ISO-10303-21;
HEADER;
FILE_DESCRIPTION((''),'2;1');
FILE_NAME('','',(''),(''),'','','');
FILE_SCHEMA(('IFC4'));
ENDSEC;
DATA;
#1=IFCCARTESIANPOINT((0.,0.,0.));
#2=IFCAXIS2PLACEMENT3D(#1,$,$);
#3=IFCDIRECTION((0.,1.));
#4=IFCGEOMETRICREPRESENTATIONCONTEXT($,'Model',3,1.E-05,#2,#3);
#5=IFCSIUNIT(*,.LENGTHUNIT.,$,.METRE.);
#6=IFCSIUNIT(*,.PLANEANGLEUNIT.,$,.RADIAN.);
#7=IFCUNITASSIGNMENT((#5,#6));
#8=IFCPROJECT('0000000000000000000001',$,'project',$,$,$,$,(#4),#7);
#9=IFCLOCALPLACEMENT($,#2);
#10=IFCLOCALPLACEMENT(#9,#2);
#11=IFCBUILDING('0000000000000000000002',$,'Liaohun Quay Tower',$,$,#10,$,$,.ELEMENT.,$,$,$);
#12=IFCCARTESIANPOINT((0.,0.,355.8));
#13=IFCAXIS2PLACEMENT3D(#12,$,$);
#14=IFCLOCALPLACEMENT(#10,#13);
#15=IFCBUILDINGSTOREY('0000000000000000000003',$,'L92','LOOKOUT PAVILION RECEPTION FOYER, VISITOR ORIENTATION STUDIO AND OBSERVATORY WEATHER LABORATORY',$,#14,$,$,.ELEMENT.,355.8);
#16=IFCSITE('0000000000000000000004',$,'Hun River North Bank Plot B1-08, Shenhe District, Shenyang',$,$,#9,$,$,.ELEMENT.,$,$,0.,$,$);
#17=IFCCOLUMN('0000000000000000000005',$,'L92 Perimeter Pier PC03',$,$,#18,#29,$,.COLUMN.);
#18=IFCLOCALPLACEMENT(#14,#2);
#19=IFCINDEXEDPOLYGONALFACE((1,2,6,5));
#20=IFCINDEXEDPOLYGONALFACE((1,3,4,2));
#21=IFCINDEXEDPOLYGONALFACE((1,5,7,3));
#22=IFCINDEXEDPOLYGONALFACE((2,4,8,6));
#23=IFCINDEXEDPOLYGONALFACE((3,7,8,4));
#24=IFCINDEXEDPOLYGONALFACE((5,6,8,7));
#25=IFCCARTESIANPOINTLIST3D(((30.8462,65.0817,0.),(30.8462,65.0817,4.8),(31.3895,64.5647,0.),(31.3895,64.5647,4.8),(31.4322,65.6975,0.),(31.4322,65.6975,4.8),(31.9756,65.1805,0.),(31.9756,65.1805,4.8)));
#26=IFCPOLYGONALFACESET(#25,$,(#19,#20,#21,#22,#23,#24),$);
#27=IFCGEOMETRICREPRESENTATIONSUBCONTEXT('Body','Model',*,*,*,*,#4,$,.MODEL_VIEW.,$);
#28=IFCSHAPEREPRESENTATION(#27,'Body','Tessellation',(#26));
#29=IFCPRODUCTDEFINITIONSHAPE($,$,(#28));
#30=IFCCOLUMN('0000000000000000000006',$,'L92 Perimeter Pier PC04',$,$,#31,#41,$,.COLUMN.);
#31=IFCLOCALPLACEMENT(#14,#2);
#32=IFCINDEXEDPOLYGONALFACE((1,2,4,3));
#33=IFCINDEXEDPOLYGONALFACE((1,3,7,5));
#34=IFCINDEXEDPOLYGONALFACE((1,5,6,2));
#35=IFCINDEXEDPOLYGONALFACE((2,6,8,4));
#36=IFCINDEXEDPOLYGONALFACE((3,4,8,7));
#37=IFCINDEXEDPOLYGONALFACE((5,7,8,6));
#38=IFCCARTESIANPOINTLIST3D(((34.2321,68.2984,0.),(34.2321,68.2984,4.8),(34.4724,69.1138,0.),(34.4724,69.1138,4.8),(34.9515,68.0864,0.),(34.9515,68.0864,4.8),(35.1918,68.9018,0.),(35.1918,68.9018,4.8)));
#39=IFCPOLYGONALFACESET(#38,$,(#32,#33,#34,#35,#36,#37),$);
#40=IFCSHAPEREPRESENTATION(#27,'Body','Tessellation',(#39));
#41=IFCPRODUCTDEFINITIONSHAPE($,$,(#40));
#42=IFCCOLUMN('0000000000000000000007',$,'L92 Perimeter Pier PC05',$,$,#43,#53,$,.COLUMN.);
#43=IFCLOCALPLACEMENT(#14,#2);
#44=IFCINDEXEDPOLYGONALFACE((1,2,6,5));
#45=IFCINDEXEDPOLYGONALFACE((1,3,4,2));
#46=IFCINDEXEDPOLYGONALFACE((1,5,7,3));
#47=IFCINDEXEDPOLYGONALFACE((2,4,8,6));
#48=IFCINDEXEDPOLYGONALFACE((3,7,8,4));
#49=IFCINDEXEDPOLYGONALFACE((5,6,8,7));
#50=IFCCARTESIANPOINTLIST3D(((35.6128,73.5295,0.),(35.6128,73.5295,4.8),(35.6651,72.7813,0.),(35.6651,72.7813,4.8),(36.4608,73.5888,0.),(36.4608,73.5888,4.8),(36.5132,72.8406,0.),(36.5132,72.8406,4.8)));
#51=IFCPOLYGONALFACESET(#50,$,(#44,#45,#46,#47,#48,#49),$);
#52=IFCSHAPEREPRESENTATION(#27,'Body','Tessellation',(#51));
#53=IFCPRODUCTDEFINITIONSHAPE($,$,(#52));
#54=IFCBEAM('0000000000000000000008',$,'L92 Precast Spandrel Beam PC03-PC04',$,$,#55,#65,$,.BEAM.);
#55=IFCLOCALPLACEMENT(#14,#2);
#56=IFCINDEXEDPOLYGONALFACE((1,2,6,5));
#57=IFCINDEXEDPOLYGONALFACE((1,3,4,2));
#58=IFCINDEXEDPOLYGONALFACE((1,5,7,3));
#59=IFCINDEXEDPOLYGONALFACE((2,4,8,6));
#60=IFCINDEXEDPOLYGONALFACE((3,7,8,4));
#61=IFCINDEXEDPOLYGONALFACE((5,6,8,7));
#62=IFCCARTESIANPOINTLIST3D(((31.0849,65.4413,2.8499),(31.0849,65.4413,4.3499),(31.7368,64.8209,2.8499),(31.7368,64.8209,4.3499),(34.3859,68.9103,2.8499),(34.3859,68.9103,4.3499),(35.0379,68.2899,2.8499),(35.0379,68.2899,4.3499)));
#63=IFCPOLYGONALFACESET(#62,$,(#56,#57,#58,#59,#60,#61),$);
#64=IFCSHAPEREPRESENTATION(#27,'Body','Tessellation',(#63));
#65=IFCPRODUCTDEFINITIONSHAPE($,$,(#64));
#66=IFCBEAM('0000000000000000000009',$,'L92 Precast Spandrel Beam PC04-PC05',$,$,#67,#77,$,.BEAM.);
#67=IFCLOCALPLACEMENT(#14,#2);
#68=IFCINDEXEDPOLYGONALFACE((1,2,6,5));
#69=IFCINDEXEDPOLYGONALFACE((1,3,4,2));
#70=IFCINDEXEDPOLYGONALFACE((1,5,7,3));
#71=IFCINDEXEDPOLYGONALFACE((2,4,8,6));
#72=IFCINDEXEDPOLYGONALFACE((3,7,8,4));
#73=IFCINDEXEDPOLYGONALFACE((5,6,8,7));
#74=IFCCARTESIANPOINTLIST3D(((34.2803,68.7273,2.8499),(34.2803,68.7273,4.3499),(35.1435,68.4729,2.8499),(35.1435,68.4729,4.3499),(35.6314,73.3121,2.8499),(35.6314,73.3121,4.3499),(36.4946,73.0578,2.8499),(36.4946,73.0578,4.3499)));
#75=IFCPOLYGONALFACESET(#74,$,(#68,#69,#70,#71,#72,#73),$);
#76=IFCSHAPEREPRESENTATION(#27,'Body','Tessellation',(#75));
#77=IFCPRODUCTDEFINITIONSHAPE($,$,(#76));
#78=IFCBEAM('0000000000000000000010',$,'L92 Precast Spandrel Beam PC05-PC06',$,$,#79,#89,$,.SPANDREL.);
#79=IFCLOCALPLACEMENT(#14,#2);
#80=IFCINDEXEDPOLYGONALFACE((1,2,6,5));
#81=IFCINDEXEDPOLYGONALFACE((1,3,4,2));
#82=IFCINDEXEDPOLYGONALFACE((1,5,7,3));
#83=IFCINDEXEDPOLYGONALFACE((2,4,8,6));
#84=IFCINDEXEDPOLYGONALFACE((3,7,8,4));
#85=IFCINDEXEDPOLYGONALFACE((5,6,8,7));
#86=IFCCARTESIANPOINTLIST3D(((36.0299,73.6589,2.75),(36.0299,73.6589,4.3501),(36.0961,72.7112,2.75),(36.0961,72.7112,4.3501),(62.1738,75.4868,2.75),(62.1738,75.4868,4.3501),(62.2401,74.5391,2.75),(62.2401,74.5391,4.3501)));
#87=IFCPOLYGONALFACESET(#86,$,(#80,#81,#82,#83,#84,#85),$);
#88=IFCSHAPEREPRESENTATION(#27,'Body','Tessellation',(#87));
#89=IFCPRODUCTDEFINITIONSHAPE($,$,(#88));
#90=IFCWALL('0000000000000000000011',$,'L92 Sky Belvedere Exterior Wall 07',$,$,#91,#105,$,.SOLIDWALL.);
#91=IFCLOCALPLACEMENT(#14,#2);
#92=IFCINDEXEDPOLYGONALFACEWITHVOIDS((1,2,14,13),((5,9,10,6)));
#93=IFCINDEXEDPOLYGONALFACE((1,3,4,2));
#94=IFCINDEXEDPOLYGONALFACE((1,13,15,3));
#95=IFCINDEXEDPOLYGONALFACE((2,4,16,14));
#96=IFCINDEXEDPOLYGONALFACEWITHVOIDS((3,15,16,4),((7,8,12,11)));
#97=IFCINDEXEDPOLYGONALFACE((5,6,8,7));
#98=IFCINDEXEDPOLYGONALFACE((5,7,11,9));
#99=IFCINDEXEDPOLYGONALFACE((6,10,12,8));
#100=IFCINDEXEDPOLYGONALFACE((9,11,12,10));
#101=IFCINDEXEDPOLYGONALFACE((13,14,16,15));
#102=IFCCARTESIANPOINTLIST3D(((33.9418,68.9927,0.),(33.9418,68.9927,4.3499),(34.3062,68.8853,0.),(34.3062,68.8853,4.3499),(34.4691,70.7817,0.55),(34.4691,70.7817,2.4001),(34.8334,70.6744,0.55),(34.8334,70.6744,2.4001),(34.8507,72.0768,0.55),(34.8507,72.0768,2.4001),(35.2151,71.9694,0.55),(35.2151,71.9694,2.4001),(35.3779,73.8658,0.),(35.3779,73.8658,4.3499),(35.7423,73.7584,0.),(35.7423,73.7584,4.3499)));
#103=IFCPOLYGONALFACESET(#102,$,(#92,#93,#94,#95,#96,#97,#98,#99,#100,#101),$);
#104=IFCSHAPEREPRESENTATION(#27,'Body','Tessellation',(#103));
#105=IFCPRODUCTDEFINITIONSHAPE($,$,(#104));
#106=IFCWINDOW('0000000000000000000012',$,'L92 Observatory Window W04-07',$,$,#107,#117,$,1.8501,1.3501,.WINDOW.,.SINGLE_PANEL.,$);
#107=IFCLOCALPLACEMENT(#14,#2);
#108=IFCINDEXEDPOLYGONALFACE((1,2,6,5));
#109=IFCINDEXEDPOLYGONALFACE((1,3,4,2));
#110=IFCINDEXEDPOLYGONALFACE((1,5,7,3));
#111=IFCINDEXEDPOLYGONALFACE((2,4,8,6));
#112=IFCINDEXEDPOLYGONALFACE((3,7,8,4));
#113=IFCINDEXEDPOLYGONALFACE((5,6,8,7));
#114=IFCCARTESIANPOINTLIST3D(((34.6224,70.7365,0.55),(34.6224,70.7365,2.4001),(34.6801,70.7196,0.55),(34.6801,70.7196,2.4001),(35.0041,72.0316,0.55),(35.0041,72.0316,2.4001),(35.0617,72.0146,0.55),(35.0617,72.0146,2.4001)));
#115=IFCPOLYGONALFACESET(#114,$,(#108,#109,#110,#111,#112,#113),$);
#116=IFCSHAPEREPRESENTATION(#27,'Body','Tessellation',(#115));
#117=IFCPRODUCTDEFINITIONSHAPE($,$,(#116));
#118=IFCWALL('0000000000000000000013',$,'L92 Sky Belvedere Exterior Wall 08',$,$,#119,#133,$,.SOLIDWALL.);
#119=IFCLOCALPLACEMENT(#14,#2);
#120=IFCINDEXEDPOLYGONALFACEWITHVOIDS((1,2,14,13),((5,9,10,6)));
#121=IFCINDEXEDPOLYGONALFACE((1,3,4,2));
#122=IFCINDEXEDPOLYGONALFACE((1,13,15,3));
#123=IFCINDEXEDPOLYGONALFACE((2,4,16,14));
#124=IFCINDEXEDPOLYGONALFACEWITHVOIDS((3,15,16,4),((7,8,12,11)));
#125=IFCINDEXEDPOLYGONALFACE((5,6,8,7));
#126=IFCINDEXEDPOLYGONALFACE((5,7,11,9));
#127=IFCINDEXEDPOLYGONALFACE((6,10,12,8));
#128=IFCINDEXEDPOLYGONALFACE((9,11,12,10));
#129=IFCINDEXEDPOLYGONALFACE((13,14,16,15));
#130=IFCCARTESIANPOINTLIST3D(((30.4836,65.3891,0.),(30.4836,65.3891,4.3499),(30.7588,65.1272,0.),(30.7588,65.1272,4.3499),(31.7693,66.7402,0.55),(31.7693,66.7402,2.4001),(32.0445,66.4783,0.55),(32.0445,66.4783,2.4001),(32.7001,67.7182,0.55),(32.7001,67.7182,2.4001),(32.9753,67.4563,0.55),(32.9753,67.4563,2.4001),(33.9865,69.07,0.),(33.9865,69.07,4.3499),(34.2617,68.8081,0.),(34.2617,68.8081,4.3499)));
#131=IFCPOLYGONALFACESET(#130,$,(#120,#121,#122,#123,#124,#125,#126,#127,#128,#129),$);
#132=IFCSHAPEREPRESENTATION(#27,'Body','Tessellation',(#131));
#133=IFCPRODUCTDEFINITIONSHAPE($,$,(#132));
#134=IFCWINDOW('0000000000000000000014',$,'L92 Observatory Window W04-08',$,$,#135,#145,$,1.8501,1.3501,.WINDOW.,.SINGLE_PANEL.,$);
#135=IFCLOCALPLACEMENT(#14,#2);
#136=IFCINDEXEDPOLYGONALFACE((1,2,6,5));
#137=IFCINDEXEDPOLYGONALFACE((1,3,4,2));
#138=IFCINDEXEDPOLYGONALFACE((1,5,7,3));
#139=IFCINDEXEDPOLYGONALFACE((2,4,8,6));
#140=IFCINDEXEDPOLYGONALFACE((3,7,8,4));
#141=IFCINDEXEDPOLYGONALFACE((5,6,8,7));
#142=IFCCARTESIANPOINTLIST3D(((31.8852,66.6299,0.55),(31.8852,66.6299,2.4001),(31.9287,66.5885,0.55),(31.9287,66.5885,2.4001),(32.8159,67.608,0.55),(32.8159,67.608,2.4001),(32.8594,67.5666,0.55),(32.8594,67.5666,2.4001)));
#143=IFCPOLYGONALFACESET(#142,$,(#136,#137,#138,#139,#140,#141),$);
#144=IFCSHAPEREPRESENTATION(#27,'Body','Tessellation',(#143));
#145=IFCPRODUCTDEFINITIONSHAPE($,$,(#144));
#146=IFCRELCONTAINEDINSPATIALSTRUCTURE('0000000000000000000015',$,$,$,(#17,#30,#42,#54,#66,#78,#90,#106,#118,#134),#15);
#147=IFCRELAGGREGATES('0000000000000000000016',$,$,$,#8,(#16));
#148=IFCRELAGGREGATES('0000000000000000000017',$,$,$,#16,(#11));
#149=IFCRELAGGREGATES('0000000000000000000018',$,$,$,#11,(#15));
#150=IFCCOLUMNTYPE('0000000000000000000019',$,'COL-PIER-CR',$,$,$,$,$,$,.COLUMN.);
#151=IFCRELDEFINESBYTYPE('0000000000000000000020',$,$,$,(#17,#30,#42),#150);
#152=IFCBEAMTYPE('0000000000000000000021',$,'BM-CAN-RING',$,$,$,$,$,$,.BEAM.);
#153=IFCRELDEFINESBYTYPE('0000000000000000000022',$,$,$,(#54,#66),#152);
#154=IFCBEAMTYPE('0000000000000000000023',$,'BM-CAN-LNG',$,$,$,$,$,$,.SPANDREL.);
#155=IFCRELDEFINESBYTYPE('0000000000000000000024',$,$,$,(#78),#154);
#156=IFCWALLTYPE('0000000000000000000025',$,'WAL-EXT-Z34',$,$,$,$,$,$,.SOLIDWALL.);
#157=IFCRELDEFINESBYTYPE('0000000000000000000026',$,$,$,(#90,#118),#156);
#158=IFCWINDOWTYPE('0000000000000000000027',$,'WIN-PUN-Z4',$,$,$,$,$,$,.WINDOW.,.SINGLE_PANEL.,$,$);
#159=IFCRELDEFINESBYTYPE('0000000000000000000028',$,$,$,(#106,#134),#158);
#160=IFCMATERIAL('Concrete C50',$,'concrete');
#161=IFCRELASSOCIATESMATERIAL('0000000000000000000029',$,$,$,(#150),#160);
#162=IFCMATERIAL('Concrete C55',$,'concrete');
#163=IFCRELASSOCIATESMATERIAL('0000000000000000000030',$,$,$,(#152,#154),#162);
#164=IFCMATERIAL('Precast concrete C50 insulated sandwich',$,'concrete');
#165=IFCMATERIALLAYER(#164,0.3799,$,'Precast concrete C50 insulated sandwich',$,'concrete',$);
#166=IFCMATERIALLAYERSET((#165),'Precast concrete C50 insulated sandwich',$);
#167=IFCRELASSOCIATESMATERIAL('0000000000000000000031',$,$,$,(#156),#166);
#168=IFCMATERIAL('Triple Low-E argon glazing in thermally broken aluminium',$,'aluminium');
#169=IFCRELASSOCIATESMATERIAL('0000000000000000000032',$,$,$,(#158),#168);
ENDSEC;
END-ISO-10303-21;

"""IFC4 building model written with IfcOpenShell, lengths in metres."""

from ifc_helpers import new_model, si_unit, direction, frame, frame_2d, origin, origin_2d, place, context, subcontext, project, spatial, rectangle, extrude, source, transform, mapped, material, layer, layer_set, material_profile, profile_set, type_object, element, fill, save


model = new_model("IFC4")

# Units and contexts
model_context = context("Model", 3, precision=1e-05, world=origin(), true_north=direction((0.0, 1.0)))
body_context = subcontext(model_context, "Body", "Model", "MODEL_VIEW")
ifc_project = project(units=[si_unit("LENGTHUNIT", "METRE"), si_unit("PLANEANGLEUNIT", "RADIAN")], contexts=[model_context])

# Site, building, storey
site_placement = place(None, origin())
site = spatial("IfcSite", under=ifc_project, at=site_placement, Name="Hun River North Bank Plot B1-08, Shenhe District, Shenyang", CompositionType="ELEMENT", RefElevation=0.0)
building_placement = place(site_placement, origin())
building = spatial("IfcBuilding", under=site, at=building_placement, Name="Liaohun Quay Tower", CompositionType="ELEMENT")
storey_placement = place(building_placement, frame((0.0, 0.0, 355.8)))
storey = spatial("IfcBuildingStorey", under=building, at=storey_placement, Name="L92", Description="LOOKOUT PAVILION RECEPTION FOYER, VISITOR ORIENTATION STUDIO AND OBSERVATORY WEATHER LABORATORY", CompositionType="ELEMENT", Elevation=355.8)

# Columns
ifc_material_1 = material(Name="Concrete C50", Category="concrete")
ifc_material_profile_1 = material_profile(ifc_material_1, rectangle(XDim=0.8501, YDim=0.75, at=origin_2d()), Name="RC850x750")
ifc_profile_set_1 = profile_set([ifc_material_profile_1], Name="Concrete C50")
column_type = type_object("IfcColumnType", Name="COL-PIER-CR", PredefinedType="COLUMN", material=ifc_profile_set_1)
shared_shape_1 = source(origin(), body_context, "Body", "SweptSolid", [
    extrude(rectangle(XDim=0.8501, YDim=0.75, at=origin_2d()), origin(), (0.0, 0.0, 1.0), 4.8),
])
for number, where, z_axis, x_axis, name in (
    (1, (31.4109, 65.1311, 0.0), (0.0, 0.0, 1.0), (0.689367, 0.724413, 0.0), "L92 Perimeter Pier PC03"),
    (2, (34.7119, 68.6001, 0.0), (0.0, 0.0, 1.0), (0.282676, 0.959215, 0.0), "L92 Perimeter Pier PC04"),
    (3, (36.063, 73.1851, 0.0), (0.0, 0.0, 1.0), (0.997564, 0.069756, 0.0), "L92 Perimeter Pier PC05"),
):
    element("IfcColumn", number, at=place(storey_placement, frame(where, z_axis=z_axis, x_axis=x_axis)), inside=storey, type_object=column_type, Name=name, PredefinedType="COLUMN", context=body_context, shape_type="MappedRepresentation", body=[
        mapped(shared_shape_1, transform((0.0, 0.0, 0.0), x_axis=(1.0, 0.0, 0.0), y_axis=(0.0, 1.0, 0.0), z_axis=(0.0, 0.0, 1.0), scale=1.0)),
    ])

# Beams
ifc_material_2 = material(Name="Concrete C55", Category="concrete")
ifc_material_profile_2 = material_profile(ifc_material_2, rectangle(XDim=0.8999, YDim=1.5, at=origin_2d()), Name="RC900x1500")
ifc_profile_set_2 = profile_set([ifc_material_profile_2], Name="Concrete C55")
beam_type_1 = type_object("IfcBeamType", Name="BM-CAN-RING", PredefinedType="BEAM", material=ifc_profile_set_2)
shared_shape_2 = source(origin(), body_context, "Body", "SweptSolid", [
    extrude(rectangle(XDim=0.8999, YDim=1.5, at=origin_2d()), origin(), (0.0, 0.0, 1.0), 4.7886),
])
beam_1_placement = place(storey_placement, frame((31.4109, 65.1311, 3.5999), z_axis=(0.689351, 0.724428, 0.0), x_axis=(-0.724428, 0.689351, 0.0)))
element("IfcBeam", 4, at=beam_1_placement, inside=storey, type_object=beam_type_1, Name="L92 Precast Spandrel Beam PC03-PC04", PredefinedType="BEAM", context=body_context, shape_type="MappedRepresentation", body=[
    mapped(shared_shape_2, transform((0.0, 0.0, 0.0), x_axis=(1.0, 0.0, 0.0), y_axis=(0.0, 1.0, 0.0), z_axis=(0.0, 0.0, 1.0), scale=1.0)),
])
shared_shape_3 = source(origin(), body_context, "Body", "SweptSolid", [
    extrude(rectangle(XDim=0.8999, YDim=1.5, at=origin_2d()), origin(), (0.0, 0.0, 1.0), 4.7798),
])
beam_2_placement = place(storey_placement, frame((34.7119, 68.6001, 3.5999), z_axis=(0.282659, 0.959221, 0.0), x_axis=(-0.959221, 0.282659, 0.0)))
element("IfcBeam", 5, at=beam_2_placement, inside=storey, type_object=beam_type_1, Name="L92 Precast Spandrel Beam PC04-PC05", PredefinedType="BEAM", context=body_context, shape_type="MappedRepresentation", body=[
    mapped(shared_shape_3, transform((0.0, 0.0, 0.0), x_axis=(1.0, 0.0, 0.0), y_axis=(0.0, 1.0, 0.0), z_axis=(0.0, 0.0, 1.0), scale=1.0)),
])
ifc_material_profile_3 = material_profile(ifc_material_2, rectangle(XDim=0.95, YDim=1.6001, at=origin_2d()), Name="RC950x1600")
ifc_profile_set_3 = profile_set([ifc_material_profile_3], Name="Concrete C55")
beam_type_2 = type_object("IfcBeamType", Name="BM-CAN-LNG", PredefinedType="SPANDREL", material=ifc_profile_set_3)
shared_shape_4 = source(origin(), body_context, "Body", "SweptSolid", [
    extrude(rectangle(XDim=0.95, YDim=1.6001, at=origin_2d()), origin(), (0.0, 0.0, 1.0), 26.2078),
])
beam_3_placement = place(storey_placement, frame((36.063, 73.1851, 3.55), z_axis=(0.997565, 0.069746, 0.0), x_axis=(-0.069746, 0.997565, 0.0)))
element("IfcBeam", 6, at=beam_3_placement, inside=storey, type_object=beam_type_2, Name="L92 Precast Spandrel Beam PC05-PC06", PredefinedType="SPANDREL", context=body_context, shape_type="MappedRepresentation", body=[
    mapped(shared_shape_4, transform((0.0, 0.0, 0.0), x_axis=(1.0, 0.0, 0.0), y_axis=(0.0, 1.0, 0.0), z_axis=(0.0, 0.0, 1.0), scale=1.0)),
])

# Walls, openings, windows
ifc_material_3 = material(Name="Precast concrete C50 insulated sandwich", Category="concrete")
ifc_layer_1 = layer(ifc_material_3, 0.3799, Name="Precast concrete C50 insulated sandwich", Category="concrete")
ifc_layer_set_1 = layer_set([ifc_layer_1], Name="Precast concrete C50 insulated sandwich")
wall_type_1 = type_object("IfcWallType", Name="WAL-EXT-Z34", PredefinedType="SOLIDWALL", material=ifc_layer_set_1)
wall_1_placement = place(storey_placement, frame((35.5601, 73.812, 0.0), z_axis=(0.0, 0.0, 1.0), x_axis=(-0.282671, -0.959217, 0.0)))
wall_1 = element("IfcWall", 7, at=wall_1_placement, inside=storey, type_object=wall_type_1, Name="L92 Sky Belvedere Exterior Wall 07", PredefinedType="SOLIDWALL", context=body_context, shape_type="SweptSolid", body=[
    extrude(rectangle(XDim=5.0803, YDim=0.3799, at=frame_2d((2.54, 0.0))), origin(), (0.0, 0.0, 1.0), 4.3499),
])
shared_shape_5 = source(origin(), body_context, "Body", "SweptSolid", [
    extrude(rectangle(XDim=1.3501, YDim=1.8501, at=frame_2d((0.675, 0.925))), frame((0.0, 0.2, 0.0), z_axis=(0.0, -1.0, 0.0), x_axis=(1.0, 0.0, 0.0)), (0.0, 0.0, 1.0), 0.3999),
])
opening_1_placement = place(wall_1_placement, frame((1.865, 0.0, 0.55)))
opening_1 = element("IfcOpeningElement", 8, at=opening_1_placement, cuts=wall_1, PredefinedType="OPENING", context=body_context, shape_type="MappedRepresentation", body=[
    mapped(shared_shape_5, transform((0.0, 0.0, 0.0), x_axis=(1.0, 0.0, 0.0), y_axis=(0.0, 1.0, 0.0), z_axis=(0.0, 0.0, 1.0), scale=1.0)),
])
ifc_material_4 = material(Name="Triple Low-E argon glazing in thermally broken aluminium", Category="aluminium")
window_type = type_object("IfcWindowType", Name="WIN-PUN-Z4", PartitioningType="SINGLE_PANEL", PredefinedType="WINDOW", material=ifc_material_4)
shared_shape_6 = source(origin(), body_context, "Body", "SweptSolid", [
    extrude(rectangle(XDim=1.3501, YDim=1.8501, at=frame_2d((0.675, 0.925))), frame((0.0, 0.03, 0.0), z_axis=(0.0, -1.0, 0.0), x_axis=(1.0, 0.0, 0.0)), (0.0, 0.0, 1.0), 0.0601),
])
window_1_placement = place(opening_1_placement, origin())
window_1 = element("IfcWindow", 9, at=window_1_placement, inside=storey, type_object=window_type, Name="L92 Observatory Window W04-07", OverallHeight=1.8501, OverallWidth=1.3501, PartitioningType="SINGLE_PANEL", PredefinedType="WINDOW", context=body_context, shape_type="MappedRepresentation", body=[
    mapped(shared_shape_6, transform((0.0, 0.0, 0.0), x_axis=(1.0, 0.0, 0.0), y_axis=(0.0, 1.0, 0.0), z_axis=(0.0, 0.0, 1.0), scale=1.0)),
])
fill(opening_1, window_1)
wall_2_placement = place(storey_placement, frame((34.124, 68.939, 0.0), z_axis=(0.0, 0.0, 1.0), x_axis=(-0.689377, -0.724403, 0.0)))
wall_2 = element("IfcWall", 10, at=wall_2_placement, inside=storey, type_object=wall_type_1, Name="L92 Sky Belvedere Exterior Wall 08", PredefinedType="SOLIDWALL", context=body_context, shape_type="SweptSolid", body=[
    extrude(rectangle(XDim=5.0813, YDim=0.3799, at=frame_2d((2.5405, 0.0))), origin(), (0.0, 0.0, 1.0), 4.3499),
])
opening_2_placement = place(wall_2_placement, frame((1.866, 0.0, 0.55)))
opening_2 = element("IfcOpeningElement", 11, at=opening_2_placement, cuts=wall_2, PredefinedType="OPENING", context=body_context, shape_type="MappedRepresentation", body=[
    mapped(shared_shape_5, transform((0.0, 0.0, 0.0), x_axis=(1.0, 0.0, 0.0), y_axis=(0.0, 1.0, 0.0), z_axis=(0.0, 0.0, 1.0), scale=1.0)),
])
window_2_placement = place(opening_2_placement, origin())
window_2 = element("IfcWindow", 12, at=window_2_placement, inside=storey, type_object=window_type, Name="L92 Observatory Window W04-08", OverallHeight=1.8501, OverallWidth=1.3501, PartitioningType="SINGLE_PANEL", PredefinedType="WINDOW", context=body_context, shape_type="MappedRepresentation", body=[
    mapped(shared_shape_6, transform((0.0, 0.0, 0.0), x_axis=(1.0, 0.0, 0.0), y_axis=(0.0, 1.0, 0.0), z_axis=(0.0, 0.0, 1.0), scale=1.0)),
])
fill(opening_2, window_2)

save(model, "model.ifc")
